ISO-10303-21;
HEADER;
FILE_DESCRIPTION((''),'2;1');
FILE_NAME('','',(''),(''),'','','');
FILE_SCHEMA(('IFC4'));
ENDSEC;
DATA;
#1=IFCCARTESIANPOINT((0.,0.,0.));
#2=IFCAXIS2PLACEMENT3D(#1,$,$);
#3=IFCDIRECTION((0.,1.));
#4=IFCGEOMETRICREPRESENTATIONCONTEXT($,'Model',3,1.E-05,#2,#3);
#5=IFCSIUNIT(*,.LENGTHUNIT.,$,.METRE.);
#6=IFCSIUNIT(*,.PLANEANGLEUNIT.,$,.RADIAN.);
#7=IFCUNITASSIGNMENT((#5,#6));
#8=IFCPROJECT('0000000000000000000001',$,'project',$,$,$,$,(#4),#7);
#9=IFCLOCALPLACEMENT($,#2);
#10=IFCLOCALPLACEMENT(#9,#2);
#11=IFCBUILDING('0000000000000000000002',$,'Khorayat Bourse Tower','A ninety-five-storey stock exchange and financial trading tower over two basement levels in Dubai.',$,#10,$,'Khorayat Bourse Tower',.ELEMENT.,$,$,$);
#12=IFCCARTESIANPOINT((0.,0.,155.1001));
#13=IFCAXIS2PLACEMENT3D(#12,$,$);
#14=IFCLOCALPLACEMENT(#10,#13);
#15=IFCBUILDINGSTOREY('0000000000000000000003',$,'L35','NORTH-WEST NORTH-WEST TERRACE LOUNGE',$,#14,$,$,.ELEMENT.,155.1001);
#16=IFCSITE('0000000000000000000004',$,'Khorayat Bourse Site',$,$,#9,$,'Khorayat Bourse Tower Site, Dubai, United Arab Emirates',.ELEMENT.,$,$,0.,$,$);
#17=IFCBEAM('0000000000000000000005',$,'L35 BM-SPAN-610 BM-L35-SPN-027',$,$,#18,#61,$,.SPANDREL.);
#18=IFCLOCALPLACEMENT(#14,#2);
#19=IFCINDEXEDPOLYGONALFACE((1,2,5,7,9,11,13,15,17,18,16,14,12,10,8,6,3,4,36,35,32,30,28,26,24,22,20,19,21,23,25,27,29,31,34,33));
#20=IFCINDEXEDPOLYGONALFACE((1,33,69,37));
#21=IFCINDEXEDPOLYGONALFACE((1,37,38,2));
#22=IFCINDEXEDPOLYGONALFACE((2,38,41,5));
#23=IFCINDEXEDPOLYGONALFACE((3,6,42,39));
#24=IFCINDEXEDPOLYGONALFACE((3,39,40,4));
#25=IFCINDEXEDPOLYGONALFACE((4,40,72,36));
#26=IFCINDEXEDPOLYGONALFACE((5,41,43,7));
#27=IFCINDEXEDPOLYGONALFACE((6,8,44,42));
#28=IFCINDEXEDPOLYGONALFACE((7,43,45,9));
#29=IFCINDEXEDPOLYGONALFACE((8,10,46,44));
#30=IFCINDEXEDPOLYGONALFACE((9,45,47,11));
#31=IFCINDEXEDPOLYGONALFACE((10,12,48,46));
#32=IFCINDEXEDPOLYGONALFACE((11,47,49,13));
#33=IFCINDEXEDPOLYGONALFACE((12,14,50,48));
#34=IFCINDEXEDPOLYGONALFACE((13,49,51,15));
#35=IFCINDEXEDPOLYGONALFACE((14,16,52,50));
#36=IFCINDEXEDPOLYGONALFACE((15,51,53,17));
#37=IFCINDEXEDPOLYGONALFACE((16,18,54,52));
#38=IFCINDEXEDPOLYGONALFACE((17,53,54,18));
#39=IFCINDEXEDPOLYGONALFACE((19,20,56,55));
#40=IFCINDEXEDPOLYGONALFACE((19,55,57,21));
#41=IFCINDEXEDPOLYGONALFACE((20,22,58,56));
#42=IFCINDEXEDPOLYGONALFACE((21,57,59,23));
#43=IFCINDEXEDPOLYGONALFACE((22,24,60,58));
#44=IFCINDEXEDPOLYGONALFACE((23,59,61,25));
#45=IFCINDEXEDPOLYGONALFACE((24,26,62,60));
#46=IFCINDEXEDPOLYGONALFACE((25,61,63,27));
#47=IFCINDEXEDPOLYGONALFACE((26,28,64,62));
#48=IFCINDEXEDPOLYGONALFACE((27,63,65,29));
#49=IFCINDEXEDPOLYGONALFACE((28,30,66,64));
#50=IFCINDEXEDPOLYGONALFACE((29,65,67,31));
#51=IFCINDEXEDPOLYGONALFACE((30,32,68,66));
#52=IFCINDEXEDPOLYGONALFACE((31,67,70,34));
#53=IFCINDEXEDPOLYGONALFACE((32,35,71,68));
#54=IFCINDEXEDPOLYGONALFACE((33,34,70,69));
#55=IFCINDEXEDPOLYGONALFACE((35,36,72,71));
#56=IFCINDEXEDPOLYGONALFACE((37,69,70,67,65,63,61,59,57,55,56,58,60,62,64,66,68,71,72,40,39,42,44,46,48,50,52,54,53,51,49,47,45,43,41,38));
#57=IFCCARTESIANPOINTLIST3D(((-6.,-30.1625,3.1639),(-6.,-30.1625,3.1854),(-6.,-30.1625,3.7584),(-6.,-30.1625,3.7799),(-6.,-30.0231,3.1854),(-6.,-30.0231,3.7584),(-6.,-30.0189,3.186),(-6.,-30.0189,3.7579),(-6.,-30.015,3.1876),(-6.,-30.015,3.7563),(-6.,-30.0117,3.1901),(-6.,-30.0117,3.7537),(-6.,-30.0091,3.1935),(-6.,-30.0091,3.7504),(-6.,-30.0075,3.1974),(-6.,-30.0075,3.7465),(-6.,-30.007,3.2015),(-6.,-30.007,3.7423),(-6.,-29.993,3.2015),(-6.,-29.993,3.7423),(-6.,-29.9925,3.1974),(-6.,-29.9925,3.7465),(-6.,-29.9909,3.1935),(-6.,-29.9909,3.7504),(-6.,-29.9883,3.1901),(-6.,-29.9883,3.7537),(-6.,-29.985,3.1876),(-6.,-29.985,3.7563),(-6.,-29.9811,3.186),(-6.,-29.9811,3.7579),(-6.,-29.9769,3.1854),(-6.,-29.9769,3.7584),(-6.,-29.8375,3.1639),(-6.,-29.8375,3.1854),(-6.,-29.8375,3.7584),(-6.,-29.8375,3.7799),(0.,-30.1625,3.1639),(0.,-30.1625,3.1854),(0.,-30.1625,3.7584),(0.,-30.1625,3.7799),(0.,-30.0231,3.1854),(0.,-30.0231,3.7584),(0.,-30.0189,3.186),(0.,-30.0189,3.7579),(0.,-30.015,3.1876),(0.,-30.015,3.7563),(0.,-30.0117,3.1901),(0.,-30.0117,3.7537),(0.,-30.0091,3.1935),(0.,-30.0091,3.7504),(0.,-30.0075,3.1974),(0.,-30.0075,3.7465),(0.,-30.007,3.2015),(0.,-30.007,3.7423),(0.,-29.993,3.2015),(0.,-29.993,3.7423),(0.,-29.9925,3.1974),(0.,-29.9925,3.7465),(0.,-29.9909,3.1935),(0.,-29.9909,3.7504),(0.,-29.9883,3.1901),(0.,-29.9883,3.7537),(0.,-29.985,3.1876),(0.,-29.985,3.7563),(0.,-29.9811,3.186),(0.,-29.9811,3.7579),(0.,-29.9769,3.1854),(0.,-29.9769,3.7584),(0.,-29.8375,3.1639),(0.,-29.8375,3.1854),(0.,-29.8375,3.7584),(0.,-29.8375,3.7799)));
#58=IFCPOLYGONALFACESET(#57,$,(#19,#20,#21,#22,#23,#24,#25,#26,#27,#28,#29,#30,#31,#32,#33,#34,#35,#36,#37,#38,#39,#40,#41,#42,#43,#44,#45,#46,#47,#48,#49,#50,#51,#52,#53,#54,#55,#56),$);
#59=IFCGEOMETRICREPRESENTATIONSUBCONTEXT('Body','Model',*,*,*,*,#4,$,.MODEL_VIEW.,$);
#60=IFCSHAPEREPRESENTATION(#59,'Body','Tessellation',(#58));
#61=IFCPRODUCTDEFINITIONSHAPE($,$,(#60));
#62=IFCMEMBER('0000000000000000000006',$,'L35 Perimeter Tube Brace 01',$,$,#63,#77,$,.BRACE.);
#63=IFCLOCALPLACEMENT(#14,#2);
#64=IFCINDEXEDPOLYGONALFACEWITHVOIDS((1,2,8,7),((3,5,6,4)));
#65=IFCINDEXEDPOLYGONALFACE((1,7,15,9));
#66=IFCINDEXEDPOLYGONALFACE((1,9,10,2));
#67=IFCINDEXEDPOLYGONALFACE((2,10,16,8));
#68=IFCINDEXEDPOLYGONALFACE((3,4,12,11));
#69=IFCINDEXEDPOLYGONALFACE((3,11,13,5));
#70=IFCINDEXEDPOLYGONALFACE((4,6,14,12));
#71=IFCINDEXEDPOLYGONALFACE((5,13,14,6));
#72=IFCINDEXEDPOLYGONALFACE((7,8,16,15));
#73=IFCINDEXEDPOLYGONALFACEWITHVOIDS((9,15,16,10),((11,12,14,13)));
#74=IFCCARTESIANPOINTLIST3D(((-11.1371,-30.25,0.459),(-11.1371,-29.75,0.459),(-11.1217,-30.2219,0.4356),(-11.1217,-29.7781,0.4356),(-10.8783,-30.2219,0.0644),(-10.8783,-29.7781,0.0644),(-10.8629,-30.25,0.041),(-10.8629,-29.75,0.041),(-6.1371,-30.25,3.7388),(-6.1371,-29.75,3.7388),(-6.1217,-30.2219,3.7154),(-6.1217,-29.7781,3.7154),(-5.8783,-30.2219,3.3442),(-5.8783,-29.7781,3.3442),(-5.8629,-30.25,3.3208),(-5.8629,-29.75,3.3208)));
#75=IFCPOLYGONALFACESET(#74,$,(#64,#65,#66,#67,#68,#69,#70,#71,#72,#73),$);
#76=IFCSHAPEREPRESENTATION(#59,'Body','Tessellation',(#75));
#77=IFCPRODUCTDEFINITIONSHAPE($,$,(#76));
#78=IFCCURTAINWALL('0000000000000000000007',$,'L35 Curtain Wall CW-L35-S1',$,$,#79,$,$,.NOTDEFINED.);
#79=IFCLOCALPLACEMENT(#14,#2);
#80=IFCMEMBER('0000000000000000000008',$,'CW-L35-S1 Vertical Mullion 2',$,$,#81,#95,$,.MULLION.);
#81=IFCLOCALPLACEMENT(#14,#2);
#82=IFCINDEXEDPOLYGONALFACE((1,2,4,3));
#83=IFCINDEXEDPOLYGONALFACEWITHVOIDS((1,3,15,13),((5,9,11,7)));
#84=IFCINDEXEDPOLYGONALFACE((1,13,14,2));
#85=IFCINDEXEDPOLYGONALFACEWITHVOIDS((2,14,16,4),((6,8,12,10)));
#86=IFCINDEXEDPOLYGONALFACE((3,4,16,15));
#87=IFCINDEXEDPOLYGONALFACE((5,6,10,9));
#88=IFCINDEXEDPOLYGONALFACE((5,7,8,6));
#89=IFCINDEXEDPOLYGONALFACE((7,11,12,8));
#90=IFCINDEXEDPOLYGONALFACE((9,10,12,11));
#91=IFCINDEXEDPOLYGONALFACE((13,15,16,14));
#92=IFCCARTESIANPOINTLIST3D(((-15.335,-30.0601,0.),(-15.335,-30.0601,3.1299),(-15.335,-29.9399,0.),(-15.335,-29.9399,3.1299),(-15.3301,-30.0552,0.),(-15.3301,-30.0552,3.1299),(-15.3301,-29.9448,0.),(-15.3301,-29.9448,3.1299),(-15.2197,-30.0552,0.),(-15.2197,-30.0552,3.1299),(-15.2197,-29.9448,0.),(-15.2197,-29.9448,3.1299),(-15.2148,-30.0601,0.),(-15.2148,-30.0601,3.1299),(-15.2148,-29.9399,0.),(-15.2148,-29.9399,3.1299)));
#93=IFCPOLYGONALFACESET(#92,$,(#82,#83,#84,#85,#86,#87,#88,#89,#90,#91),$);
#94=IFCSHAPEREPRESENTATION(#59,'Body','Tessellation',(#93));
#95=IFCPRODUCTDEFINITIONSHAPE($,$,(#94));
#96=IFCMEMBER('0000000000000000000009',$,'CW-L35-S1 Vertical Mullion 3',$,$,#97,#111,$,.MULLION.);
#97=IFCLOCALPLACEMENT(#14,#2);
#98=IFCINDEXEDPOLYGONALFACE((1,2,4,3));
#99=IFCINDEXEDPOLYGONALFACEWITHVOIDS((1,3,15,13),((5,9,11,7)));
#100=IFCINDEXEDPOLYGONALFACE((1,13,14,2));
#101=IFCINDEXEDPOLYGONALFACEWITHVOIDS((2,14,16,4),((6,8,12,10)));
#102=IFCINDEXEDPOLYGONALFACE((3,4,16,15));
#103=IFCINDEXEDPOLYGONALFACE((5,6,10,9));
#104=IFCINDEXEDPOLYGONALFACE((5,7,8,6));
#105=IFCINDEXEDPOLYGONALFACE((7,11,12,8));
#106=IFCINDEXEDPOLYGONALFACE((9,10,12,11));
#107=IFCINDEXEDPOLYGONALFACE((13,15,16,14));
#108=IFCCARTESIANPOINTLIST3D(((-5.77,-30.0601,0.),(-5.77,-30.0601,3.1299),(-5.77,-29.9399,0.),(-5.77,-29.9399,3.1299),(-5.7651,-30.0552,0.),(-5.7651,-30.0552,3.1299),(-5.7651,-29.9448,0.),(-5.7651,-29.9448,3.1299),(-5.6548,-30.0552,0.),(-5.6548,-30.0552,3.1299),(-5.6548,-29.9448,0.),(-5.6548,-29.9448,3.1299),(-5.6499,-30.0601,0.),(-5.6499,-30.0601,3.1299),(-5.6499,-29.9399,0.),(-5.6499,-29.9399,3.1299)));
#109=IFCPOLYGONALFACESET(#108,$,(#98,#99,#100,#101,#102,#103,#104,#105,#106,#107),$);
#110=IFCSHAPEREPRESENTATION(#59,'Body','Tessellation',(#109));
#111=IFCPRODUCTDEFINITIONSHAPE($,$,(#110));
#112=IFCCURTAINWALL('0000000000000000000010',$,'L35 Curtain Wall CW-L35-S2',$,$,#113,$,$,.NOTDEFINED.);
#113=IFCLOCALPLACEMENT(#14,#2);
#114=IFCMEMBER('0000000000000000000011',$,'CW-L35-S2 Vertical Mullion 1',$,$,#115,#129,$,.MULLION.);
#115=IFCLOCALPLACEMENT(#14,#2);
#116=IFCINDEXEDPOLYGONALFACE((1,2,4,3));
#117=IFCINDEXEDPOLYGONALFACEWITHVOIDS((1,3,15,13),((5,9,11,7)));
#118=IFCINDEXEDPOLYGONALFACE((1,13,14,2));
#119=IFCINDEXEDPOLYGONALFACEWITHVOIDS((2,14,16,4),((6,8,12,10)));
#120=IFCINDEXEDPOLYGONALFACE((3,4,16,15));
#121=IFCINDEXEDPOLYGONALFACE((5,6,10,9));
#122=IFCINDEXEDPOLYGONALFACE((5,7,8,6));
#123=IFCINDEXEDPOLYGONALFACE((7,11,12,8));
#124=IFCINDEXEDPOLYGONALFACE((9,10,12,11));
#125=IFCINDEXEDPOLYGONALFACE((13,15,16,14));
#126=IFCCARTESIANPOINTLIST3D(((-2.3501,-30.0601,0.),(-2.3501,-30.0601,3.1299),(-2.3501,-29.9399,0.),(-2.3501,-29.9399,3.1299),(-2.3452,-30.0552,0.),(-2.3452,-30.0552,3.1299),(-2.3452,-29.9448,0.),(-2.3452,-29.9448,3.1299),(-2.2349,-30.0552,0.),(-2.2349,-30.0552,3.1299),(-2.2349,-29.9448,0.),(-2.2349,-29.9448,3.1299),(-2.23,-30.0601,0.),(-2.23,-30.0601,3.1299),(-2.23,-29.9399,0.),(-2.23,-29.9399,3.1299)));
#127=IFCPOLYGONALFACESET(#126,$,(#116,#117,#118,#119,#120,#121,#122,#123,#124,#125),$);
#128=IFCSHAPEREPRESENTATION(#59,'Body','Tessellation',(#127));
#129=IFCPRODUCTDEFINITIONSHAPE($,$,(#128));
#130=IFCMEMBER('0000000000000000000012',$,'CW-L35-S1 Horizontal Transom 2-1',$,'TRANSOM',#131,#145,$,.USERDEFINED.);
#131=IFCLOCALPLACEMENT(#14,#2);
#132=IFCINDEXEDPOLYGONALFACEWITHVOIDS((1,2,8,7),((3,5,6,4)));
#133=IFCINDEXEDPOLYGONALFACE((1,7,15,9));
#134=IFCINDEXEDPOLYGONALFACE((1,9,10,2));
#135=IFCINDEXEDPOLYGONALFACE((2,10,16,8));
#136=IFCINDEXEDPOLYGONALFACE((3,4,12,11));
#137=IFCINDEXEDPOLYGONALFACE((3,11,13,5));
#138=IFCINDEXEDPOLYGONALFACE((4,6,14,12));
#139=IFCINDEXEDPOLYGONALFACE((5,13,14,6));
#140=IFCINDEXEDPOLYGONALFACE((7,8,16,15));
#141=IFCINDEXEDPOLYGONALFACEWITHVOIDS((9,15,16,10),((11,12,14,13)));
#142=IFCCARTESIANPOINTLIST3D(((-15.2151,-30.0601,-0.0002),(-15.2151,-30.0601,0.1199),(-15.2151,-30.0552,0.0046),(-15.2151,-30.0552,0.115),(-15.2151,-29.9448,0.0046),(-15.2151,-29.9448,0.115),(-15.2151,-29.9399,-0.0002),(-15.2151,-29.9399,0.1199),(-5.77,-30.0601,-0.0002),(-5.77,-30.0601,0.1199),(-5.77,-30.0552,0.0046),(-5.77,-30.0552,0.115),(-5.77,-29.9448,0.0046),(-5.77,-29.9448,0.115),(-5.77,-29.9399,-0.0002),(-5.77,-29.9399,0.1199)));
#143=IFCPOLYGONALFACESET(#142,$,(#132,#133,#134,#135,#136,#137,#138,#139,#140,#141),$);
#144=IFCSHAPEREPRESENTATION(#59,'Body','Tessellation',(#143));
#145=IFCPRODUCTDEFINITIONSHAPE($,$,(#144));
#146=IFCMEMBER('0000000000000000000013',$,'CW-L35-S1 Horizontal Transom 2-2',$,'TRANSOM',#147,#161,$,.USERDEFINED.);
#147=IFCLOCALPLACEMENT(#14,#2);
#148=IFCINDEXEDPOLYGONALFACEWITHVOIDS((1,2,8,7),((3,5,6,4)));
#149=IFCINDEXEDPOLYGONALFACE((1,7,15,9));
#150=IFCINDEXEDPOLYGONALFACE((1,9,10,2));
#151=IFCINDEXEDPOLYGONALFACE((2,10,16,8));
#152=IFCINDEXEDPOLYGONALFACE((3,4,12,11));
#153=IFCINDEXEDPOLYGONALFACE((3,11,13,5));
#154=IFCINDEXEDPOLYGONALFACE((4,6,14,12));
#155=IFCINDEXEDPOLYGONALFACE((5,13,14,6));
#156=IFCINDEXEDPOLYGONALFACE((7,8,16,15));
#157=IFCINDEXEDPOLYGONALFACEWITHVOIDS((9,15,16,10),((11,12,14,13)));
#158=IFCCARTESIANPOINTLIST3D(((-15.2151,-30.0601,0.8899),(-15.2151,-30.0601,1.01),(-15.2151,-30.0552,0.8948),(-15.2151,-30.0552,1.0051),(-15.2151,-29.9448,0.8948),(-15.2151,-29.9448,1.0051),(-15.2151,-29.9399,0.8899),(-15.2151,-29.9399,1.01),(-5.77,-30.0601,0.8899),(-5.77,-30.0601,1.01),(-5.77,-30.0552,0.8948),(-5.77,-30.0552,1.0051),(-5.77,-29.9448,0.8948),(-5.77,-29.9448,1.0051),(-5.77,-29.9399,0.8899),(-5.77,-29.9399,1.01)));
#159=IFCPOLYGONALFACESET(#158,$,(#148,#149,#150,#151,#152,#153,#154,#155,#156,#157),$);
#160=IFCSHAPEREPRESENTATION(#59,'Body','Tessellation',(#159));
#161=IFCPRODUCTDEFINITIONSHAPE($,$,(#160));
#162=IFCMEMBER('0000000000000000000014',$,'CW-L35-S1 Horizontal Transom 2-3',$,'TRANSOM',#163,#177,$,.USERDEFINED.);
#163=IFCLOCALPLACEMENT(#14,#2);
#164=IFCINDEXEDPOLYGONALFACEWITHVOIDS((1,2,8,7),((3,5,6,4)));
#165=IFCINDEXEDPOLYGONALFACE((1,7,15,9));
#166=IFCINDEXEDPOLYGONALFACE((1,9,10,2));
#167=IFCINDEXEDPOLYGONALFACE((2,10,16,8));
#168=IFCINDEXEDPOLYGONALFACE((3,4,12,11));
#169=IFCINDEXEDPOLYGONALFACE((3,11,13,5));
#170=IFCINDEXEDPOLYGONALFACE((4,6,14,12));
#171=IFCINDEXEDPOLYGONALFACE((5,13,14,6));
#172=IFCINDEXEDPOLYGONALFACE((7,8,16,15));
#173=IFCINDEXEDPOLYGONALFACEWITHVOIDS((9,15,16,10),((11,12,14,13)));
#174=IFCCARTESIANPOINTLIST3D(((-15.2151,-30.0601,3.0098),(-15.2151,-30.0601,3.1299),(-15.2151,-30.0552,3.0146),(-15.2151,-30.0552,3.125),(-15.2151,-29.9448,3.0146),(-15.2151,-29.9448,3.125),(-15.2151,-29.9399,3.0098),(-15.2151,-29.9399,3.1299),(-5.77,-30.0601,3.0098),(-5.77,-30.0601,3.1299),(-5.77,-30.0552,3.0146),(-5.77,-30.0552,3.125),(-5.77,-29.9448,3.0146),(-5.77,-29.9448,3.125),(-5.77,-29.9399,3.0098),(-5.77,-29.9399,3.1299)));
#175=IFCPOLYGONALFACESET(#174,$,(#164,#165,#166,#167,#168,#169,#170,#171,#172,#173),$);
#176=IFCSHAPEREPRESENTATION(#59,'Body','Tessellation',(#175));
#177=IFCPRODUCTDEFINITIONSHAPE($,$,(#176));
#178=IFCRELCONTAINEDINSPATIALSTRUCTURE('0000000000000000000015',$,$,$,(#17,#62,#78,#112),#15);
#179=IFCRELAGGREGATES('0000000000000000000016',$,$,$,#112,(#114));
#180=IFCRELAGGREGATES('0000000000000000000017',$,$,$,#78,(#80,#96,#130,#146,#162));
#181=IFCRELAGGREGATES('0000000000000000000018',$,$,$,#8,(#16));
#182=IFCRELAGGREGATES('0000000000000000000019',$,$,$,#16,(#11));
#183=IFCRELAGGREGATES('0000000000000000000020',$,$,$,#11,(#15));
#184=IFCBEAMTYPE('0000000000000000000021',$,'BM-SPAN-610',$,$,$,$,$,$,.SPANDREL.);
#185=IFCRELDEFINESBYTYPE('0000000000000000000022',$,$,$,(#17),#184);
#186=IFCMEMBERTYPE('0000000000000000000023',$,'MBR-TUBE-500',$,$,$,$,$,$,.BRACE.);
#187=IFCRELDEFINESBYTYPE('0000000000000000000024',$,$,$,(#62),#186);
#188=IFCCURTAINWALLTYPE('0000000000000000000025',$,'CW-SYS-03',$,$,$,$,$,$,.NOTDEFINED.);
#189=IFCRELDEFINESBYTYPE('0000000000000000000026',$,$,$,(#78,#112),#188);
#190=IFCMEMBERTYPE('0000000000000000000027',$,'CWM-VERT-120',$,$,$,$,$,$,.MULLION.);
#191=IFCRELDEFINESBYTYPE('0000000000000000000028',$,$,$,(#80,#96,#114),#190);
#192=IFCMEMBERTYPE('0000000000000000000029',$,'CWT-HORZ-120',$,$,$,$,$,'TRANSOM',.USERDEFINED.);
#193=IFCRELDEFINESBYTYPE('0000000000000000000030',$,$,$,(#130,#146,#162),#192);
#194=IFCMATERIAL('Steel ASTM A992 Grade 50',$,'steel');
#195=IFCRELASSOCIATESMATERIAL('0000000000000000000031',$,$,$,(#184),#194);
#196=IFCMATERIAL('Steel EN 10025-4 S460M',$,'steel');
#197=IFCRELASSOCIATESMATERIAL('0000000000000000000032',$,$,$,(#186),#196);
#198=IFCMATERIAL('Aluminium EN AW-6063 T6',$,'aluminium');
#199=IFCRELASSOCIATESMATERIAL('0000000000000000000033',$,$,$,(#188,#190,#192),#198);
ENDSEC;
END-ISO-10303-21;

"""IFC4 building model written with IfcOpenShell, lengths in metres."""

from ifc_helpers import new_model, si_unit, direction, frame, origin, origin_2d, place, context, subcontext, project, spatial, hollow_rectangle, i_section, extrude, source, transform, mapped, material, material_profile, profile_set, type_object, element, aggregate, save


model = new_model("IFC4")

# Units and contexts
model_context = context("Model", 3, precision=1e-05, world=origin(), true_north=direction((0.0, 1.0)))
body_context = subcontext(model_context, "Body", "Model", "MODEL_VIEW")
ifc_project = project(units=[si_unit("LENGTHUNIT", "METRE"), si_unit("PLANEANGLEUNIT", "RADIAN")], contexts=[model_context])

# Site, building, storey
site_placement = place(None, origin())
site = spatial("IfcSite", under=ifc_project, at=site_placement, Name="Khorayat Bourse Site", LongName="Khorayat Bourse Tower Site, Dubai, United Arab Emirates", CompositionType="ELEMENT", RefElevation=0.0)
building_placement = place(site_placement, origin())
building = spatial("IfcBuilding", under=site, at=building_placement, Name="Khorayat Bourse Tower", Description="A ninety-five-storey stock exchange and financial trading tower over two basement levels in Dubai.", LongName="Khorayat Bourse Tower", CompositionType="ELEMENT")
storey_placement = place(building_placement, frame((0.0, 0.0, 155.1001)))
storey = spatial("IfcBuildingStorey", under=building, at=storey_placement, Name="L35", Description="NORTH-WEST NORTH-WEST TERRACE LOUNGE", CompositionType="ELEMENT", Elevation=155.1001)

# Shared definitions
ifc_material_1 = material(Name="Steel EN 10025-4 S460M", Category="steel")

# Beam
ifc_material_2 = material(Name="Steel ASTM A992 Grade 50", Category="steel")
ifc_material_profile_1 = material_profile(ifc_material_2, i_section(OverallWidth=0.325, OverallDepth=0.616, WebThickness=0.0139, FlangeThickness=0.0215, FilletRadius=0.0161, at=origin_2d()), Name="W610X174")
ifc_profile_set_1 = profile_set([ifc_material_profile_1], Name="Steel ASTM A992 Grade 50")
beam_type_1 = type_object("IfcBeamType", Name="BM-SPAN-610", PredefinedType="SPANDREL", material=ifc_profile_set_1)
shared_shape_1 = source(origin(), body_context, "Body", "SweptSolid", [
    extrude(i_section(OverallWidth=0.325, OverallDepth=0.616, WebThickness=0.0139, FlangeThickness=0.0215, FilletRadius=0.0161, at=origin_2d()), origin(), (0.0, 0.0, 1.0), 6.0),
])
beam_1_placement = place(storey_placement, frame((-6.0, -30.0, 3.4719), z_axis=(1.0, 0.0, 0.0), x_axis=(0.0, 1.0, 0.0)))
element("IfcBeam", 1, at=beam_1_placement, inside=storey, type_object=beam_type_1, Name="L35 BM-SPAN-610 BM-L35-SPN-027", PredefinedType="SPANDREL", context=body_context, shape_type="MappedRepresentation", body=[
    mapped(shared_shape_1, transform((0.0, 0.0, 0.0), scale=1.0)),
])

# Member
ifc_material_profile_2 = material_profile(ifc_material_1, hollow_rectangle(XDim=0.5, YDim=0.5, WallThickness=0.0281, at=origin_2d()), Name="HSS 500x500x28")
ifc_profile_set_2 = profile_set([ifc_material_profile_2], Name="Steel EN 10025-4 S460M")
member_type_1 = type_object("IfcMemberType", Name="MBR-TUBE-500", PredefinedType="BRACE", material=ifc_profile_set_2)
shared_shape_2 = source(origin(), body_context, "Body", "SweptSolid", [
    extrude(hollow_rectangle(XDim=0.5, YDim=0.5, WallThickness=0.0281, at=origin_2d()), origin(), (0.0, 0.0, 1.0), 5.9797),
])
member_1_placement = place(storey_placement, frame((-11.0, -30.0, 0.25), z_axis=(0.83616, 0.0, 0.548485), x_axis=(0.0, 1.0, 0.0)))
element("IfcMember", 2, at=member_1_placement, inside=storey, type_object=member_type_1, Name="L35 Perimeter Tube Brace 01", PredefinedType="BRACE", context=body_context, shape_type="MappedRepresentation", body=[
    mapped(shared_shape_2, transform((0.0, 0.0, 0.0), scale=1.0)),
])

# Curtain wall, members
ifc_material_3 = material(Name="Aluminium EN AW-6063 T6", Category="aluminium")
curtain_wall_type = type_object("IfcCurtainWallType", Name="CW-SYS-03", PredefinedType="NOTDEFINED", material=ifc_material_3)
curtain_wall_1_placement = place(storey_placement, origin())
curtain_wall_1 = element("IfcCurtainWall", 3, at=curtain_wall_1_placement, inside=storey, type_object=curtain_wall_type, Name="L35 Curtain Wall CW-L35-S1", PredefinedType="NOTDEFINED")
ifc_material_profile_3 = material_profile(ifc_material_3, hollow_rectangle(XDim=0.1201, YDim=0.1201, WallThickness=0.0049, at=origin_2d()), Name="ALU 120x120x5")
ifc_profile_set_3 = profile_set([ifc_material_profile_3], Name="Aluminium EN AW-6063 T6")
member_type_2 = type_object("IfcMemberType", Name="CWM-VERT-120", PredefinedType="MULLION", material=ifc_profile_set_3)
shared_shape_3 = source(origin(), body_context, "Body", "SweptSolid", [
    extrude(hollow_rectangle(XDim=0.1201, YDim=0.1201, WallThickness=0.0049, at=origin_2d()), origin(), (0.0, 0.0, 1.0), 3.1299),
])
member_2_placement = place(storey_placement, frame((-15.2749, -30.0, 0.0), z_axis=(0.0, 0.0, 1.0), x_axis=(0.0, 1.0, 0.0)))
member_2 = element("IfcMember", 4, at=member_2_placement, type_object=member_type_2, Name="CW-L35-S1 Vertical Mullion 2", PredefinedType="MULLION", context=body_context, shape_type="MappedRepresentation", body=[
    mapped(shared_shape_3, transform((0.0, 0.0, 0.0), scale=1.0)),
])
member_3_placement = place(storey_placement, frame((-5.71, -30.0, 0.0), z_axis=(0.0, 0.0, 1.0), x_axis=(0.0, 1.0, 0.0)))
member_3 = element("IfcMember", 5, at=member_3_placement, type_object=member_type_2, Name="CW-L35-S1 Vertical Mullion 3", PredefinedType="MULLION", context=body_context, shape_type="MappedRepresentation", body=[
    mapped(shared_shape_3, transform((0.0, 0.0, 0.0), scale=1.0)),
])

# Curtain wall, member
curtain_wall_2_placement = place(storey_placement, origin())
curtain_wall_2 = element("IfcCurtainWall", 6, at=curtain_wall_2_placement, inside=storey, type_object=curtain_wall_type, Name="L35 Curtain Wall CW-L35-S2", PredefinedType="NOTDEFINED")
member_4_placement = place(storey_placement, frame((-2.29, -30.0, 0.0), z_axis=(0.0, 0.0, 1.0), x_axis=(0.0, 1.0, 0.0)))
member_4 = element("IfcMember", 7, at=member_4_placement, type_object=member_type_2, Name="CW-L35-S2 Vertical Mullion 1", PredefinedType="MULLION", context=body_context, shape_type="MappedRepresentation", body=[
    mapped(shared_shape_3, transform((0.0, 0.0, 0.0), scale=1.0)),
])

# Members
ifc_material_profile_4 = material_profile(ifc_material_3, hollow_rectangle(XDim=0.1201, YDim=0.1201, WallThickness=0.0049, at=origin_2d()), Name="ALU 120x120x5")
ifc_profile_set_4 = profile_set([ifc_material_profile_4], Name="Aluminium EN AW-6063 T6")
member_type_3 = type_object("IfcMemberType", Name="CWT-HORZ-120", ElementType="TRANSOM", PredefinedType="USERDEFINED", material=ifc_profile_set_4)
shared_shape_4 = source(origin(), body_context, "Body", "SweptSolid", [
    extrude(hollow_rectangle(XDim=0.1201, YDim=0.1201, WallThickness=0.0049, at=origin_2d()), origin(), (0.0, 0.0, 1.0), 9.4451),
])
member_5_placement = place(storey_placement, frame((-15.2151, -30.0, 0.0598), z_axis=(1.0, 0.0, 0.0), x_axis=(0.0, 1.0, 0.0)))
member_5 = element("IfcMember", 8, at=member_5_placement, type_object=member_type_3, Name="CW-L35-S1 Horizontal Transom 2-1", ObjectType="TRANSOM", PredefinedType="USERDEFINED", context=body_context, shape_type="MappedRepresentation", body=[
    mapped(shared_shape_4, transform((0.0, 0.0, 0.0), scale=1.0)),
])
member_6_placement = place(storey_placement, frame((-15.2151, -30.0, 0.95), z_axis=(1.0, 0.0, 0.0), x_axis=(0.0, 1.0, 0.0)))
member_6 = element("IfcMember", 9, at=member_6_placement, type_object=member_type_3, Name="CW-L35-S1 Horizontal Transom 2-2", ObjectType="TRANSOM", PredefinedType="USERDEFINED", context=body_context, shape_type="MappedRepresentation", body=[
    mapped(shared_shape_4, transform((0.0, 0.0, 0.0), scale=1.0)),
])
member_7_placement = place(storey_placement, frame((-15.2151, -30.0, 3.0698), z_axis=(1.0, 0.0, 0.0), x_axis=(0.0, 1.0, 0.0)))
member_7 = element("IfcMember", 10, at=member_7_placement, type_object=member_type_3, Name="CW-L35-S1 Horizontal Transom 2-3", ObjectType="TRANSOM", PredefinedType="USERDEFINED", context=body_context, shape_type="MappedRepresentation", body=[
    mapped(shared_shape_4, transform((0.0, 0.0, 0.0), scale=1.0)),
])
aggregate(curtain_wall_2, [member_4])

aggregate(curtain_wall_1, [member_2, member_3, member_5, member_6, member_7])

save(model, "model.ifc")
